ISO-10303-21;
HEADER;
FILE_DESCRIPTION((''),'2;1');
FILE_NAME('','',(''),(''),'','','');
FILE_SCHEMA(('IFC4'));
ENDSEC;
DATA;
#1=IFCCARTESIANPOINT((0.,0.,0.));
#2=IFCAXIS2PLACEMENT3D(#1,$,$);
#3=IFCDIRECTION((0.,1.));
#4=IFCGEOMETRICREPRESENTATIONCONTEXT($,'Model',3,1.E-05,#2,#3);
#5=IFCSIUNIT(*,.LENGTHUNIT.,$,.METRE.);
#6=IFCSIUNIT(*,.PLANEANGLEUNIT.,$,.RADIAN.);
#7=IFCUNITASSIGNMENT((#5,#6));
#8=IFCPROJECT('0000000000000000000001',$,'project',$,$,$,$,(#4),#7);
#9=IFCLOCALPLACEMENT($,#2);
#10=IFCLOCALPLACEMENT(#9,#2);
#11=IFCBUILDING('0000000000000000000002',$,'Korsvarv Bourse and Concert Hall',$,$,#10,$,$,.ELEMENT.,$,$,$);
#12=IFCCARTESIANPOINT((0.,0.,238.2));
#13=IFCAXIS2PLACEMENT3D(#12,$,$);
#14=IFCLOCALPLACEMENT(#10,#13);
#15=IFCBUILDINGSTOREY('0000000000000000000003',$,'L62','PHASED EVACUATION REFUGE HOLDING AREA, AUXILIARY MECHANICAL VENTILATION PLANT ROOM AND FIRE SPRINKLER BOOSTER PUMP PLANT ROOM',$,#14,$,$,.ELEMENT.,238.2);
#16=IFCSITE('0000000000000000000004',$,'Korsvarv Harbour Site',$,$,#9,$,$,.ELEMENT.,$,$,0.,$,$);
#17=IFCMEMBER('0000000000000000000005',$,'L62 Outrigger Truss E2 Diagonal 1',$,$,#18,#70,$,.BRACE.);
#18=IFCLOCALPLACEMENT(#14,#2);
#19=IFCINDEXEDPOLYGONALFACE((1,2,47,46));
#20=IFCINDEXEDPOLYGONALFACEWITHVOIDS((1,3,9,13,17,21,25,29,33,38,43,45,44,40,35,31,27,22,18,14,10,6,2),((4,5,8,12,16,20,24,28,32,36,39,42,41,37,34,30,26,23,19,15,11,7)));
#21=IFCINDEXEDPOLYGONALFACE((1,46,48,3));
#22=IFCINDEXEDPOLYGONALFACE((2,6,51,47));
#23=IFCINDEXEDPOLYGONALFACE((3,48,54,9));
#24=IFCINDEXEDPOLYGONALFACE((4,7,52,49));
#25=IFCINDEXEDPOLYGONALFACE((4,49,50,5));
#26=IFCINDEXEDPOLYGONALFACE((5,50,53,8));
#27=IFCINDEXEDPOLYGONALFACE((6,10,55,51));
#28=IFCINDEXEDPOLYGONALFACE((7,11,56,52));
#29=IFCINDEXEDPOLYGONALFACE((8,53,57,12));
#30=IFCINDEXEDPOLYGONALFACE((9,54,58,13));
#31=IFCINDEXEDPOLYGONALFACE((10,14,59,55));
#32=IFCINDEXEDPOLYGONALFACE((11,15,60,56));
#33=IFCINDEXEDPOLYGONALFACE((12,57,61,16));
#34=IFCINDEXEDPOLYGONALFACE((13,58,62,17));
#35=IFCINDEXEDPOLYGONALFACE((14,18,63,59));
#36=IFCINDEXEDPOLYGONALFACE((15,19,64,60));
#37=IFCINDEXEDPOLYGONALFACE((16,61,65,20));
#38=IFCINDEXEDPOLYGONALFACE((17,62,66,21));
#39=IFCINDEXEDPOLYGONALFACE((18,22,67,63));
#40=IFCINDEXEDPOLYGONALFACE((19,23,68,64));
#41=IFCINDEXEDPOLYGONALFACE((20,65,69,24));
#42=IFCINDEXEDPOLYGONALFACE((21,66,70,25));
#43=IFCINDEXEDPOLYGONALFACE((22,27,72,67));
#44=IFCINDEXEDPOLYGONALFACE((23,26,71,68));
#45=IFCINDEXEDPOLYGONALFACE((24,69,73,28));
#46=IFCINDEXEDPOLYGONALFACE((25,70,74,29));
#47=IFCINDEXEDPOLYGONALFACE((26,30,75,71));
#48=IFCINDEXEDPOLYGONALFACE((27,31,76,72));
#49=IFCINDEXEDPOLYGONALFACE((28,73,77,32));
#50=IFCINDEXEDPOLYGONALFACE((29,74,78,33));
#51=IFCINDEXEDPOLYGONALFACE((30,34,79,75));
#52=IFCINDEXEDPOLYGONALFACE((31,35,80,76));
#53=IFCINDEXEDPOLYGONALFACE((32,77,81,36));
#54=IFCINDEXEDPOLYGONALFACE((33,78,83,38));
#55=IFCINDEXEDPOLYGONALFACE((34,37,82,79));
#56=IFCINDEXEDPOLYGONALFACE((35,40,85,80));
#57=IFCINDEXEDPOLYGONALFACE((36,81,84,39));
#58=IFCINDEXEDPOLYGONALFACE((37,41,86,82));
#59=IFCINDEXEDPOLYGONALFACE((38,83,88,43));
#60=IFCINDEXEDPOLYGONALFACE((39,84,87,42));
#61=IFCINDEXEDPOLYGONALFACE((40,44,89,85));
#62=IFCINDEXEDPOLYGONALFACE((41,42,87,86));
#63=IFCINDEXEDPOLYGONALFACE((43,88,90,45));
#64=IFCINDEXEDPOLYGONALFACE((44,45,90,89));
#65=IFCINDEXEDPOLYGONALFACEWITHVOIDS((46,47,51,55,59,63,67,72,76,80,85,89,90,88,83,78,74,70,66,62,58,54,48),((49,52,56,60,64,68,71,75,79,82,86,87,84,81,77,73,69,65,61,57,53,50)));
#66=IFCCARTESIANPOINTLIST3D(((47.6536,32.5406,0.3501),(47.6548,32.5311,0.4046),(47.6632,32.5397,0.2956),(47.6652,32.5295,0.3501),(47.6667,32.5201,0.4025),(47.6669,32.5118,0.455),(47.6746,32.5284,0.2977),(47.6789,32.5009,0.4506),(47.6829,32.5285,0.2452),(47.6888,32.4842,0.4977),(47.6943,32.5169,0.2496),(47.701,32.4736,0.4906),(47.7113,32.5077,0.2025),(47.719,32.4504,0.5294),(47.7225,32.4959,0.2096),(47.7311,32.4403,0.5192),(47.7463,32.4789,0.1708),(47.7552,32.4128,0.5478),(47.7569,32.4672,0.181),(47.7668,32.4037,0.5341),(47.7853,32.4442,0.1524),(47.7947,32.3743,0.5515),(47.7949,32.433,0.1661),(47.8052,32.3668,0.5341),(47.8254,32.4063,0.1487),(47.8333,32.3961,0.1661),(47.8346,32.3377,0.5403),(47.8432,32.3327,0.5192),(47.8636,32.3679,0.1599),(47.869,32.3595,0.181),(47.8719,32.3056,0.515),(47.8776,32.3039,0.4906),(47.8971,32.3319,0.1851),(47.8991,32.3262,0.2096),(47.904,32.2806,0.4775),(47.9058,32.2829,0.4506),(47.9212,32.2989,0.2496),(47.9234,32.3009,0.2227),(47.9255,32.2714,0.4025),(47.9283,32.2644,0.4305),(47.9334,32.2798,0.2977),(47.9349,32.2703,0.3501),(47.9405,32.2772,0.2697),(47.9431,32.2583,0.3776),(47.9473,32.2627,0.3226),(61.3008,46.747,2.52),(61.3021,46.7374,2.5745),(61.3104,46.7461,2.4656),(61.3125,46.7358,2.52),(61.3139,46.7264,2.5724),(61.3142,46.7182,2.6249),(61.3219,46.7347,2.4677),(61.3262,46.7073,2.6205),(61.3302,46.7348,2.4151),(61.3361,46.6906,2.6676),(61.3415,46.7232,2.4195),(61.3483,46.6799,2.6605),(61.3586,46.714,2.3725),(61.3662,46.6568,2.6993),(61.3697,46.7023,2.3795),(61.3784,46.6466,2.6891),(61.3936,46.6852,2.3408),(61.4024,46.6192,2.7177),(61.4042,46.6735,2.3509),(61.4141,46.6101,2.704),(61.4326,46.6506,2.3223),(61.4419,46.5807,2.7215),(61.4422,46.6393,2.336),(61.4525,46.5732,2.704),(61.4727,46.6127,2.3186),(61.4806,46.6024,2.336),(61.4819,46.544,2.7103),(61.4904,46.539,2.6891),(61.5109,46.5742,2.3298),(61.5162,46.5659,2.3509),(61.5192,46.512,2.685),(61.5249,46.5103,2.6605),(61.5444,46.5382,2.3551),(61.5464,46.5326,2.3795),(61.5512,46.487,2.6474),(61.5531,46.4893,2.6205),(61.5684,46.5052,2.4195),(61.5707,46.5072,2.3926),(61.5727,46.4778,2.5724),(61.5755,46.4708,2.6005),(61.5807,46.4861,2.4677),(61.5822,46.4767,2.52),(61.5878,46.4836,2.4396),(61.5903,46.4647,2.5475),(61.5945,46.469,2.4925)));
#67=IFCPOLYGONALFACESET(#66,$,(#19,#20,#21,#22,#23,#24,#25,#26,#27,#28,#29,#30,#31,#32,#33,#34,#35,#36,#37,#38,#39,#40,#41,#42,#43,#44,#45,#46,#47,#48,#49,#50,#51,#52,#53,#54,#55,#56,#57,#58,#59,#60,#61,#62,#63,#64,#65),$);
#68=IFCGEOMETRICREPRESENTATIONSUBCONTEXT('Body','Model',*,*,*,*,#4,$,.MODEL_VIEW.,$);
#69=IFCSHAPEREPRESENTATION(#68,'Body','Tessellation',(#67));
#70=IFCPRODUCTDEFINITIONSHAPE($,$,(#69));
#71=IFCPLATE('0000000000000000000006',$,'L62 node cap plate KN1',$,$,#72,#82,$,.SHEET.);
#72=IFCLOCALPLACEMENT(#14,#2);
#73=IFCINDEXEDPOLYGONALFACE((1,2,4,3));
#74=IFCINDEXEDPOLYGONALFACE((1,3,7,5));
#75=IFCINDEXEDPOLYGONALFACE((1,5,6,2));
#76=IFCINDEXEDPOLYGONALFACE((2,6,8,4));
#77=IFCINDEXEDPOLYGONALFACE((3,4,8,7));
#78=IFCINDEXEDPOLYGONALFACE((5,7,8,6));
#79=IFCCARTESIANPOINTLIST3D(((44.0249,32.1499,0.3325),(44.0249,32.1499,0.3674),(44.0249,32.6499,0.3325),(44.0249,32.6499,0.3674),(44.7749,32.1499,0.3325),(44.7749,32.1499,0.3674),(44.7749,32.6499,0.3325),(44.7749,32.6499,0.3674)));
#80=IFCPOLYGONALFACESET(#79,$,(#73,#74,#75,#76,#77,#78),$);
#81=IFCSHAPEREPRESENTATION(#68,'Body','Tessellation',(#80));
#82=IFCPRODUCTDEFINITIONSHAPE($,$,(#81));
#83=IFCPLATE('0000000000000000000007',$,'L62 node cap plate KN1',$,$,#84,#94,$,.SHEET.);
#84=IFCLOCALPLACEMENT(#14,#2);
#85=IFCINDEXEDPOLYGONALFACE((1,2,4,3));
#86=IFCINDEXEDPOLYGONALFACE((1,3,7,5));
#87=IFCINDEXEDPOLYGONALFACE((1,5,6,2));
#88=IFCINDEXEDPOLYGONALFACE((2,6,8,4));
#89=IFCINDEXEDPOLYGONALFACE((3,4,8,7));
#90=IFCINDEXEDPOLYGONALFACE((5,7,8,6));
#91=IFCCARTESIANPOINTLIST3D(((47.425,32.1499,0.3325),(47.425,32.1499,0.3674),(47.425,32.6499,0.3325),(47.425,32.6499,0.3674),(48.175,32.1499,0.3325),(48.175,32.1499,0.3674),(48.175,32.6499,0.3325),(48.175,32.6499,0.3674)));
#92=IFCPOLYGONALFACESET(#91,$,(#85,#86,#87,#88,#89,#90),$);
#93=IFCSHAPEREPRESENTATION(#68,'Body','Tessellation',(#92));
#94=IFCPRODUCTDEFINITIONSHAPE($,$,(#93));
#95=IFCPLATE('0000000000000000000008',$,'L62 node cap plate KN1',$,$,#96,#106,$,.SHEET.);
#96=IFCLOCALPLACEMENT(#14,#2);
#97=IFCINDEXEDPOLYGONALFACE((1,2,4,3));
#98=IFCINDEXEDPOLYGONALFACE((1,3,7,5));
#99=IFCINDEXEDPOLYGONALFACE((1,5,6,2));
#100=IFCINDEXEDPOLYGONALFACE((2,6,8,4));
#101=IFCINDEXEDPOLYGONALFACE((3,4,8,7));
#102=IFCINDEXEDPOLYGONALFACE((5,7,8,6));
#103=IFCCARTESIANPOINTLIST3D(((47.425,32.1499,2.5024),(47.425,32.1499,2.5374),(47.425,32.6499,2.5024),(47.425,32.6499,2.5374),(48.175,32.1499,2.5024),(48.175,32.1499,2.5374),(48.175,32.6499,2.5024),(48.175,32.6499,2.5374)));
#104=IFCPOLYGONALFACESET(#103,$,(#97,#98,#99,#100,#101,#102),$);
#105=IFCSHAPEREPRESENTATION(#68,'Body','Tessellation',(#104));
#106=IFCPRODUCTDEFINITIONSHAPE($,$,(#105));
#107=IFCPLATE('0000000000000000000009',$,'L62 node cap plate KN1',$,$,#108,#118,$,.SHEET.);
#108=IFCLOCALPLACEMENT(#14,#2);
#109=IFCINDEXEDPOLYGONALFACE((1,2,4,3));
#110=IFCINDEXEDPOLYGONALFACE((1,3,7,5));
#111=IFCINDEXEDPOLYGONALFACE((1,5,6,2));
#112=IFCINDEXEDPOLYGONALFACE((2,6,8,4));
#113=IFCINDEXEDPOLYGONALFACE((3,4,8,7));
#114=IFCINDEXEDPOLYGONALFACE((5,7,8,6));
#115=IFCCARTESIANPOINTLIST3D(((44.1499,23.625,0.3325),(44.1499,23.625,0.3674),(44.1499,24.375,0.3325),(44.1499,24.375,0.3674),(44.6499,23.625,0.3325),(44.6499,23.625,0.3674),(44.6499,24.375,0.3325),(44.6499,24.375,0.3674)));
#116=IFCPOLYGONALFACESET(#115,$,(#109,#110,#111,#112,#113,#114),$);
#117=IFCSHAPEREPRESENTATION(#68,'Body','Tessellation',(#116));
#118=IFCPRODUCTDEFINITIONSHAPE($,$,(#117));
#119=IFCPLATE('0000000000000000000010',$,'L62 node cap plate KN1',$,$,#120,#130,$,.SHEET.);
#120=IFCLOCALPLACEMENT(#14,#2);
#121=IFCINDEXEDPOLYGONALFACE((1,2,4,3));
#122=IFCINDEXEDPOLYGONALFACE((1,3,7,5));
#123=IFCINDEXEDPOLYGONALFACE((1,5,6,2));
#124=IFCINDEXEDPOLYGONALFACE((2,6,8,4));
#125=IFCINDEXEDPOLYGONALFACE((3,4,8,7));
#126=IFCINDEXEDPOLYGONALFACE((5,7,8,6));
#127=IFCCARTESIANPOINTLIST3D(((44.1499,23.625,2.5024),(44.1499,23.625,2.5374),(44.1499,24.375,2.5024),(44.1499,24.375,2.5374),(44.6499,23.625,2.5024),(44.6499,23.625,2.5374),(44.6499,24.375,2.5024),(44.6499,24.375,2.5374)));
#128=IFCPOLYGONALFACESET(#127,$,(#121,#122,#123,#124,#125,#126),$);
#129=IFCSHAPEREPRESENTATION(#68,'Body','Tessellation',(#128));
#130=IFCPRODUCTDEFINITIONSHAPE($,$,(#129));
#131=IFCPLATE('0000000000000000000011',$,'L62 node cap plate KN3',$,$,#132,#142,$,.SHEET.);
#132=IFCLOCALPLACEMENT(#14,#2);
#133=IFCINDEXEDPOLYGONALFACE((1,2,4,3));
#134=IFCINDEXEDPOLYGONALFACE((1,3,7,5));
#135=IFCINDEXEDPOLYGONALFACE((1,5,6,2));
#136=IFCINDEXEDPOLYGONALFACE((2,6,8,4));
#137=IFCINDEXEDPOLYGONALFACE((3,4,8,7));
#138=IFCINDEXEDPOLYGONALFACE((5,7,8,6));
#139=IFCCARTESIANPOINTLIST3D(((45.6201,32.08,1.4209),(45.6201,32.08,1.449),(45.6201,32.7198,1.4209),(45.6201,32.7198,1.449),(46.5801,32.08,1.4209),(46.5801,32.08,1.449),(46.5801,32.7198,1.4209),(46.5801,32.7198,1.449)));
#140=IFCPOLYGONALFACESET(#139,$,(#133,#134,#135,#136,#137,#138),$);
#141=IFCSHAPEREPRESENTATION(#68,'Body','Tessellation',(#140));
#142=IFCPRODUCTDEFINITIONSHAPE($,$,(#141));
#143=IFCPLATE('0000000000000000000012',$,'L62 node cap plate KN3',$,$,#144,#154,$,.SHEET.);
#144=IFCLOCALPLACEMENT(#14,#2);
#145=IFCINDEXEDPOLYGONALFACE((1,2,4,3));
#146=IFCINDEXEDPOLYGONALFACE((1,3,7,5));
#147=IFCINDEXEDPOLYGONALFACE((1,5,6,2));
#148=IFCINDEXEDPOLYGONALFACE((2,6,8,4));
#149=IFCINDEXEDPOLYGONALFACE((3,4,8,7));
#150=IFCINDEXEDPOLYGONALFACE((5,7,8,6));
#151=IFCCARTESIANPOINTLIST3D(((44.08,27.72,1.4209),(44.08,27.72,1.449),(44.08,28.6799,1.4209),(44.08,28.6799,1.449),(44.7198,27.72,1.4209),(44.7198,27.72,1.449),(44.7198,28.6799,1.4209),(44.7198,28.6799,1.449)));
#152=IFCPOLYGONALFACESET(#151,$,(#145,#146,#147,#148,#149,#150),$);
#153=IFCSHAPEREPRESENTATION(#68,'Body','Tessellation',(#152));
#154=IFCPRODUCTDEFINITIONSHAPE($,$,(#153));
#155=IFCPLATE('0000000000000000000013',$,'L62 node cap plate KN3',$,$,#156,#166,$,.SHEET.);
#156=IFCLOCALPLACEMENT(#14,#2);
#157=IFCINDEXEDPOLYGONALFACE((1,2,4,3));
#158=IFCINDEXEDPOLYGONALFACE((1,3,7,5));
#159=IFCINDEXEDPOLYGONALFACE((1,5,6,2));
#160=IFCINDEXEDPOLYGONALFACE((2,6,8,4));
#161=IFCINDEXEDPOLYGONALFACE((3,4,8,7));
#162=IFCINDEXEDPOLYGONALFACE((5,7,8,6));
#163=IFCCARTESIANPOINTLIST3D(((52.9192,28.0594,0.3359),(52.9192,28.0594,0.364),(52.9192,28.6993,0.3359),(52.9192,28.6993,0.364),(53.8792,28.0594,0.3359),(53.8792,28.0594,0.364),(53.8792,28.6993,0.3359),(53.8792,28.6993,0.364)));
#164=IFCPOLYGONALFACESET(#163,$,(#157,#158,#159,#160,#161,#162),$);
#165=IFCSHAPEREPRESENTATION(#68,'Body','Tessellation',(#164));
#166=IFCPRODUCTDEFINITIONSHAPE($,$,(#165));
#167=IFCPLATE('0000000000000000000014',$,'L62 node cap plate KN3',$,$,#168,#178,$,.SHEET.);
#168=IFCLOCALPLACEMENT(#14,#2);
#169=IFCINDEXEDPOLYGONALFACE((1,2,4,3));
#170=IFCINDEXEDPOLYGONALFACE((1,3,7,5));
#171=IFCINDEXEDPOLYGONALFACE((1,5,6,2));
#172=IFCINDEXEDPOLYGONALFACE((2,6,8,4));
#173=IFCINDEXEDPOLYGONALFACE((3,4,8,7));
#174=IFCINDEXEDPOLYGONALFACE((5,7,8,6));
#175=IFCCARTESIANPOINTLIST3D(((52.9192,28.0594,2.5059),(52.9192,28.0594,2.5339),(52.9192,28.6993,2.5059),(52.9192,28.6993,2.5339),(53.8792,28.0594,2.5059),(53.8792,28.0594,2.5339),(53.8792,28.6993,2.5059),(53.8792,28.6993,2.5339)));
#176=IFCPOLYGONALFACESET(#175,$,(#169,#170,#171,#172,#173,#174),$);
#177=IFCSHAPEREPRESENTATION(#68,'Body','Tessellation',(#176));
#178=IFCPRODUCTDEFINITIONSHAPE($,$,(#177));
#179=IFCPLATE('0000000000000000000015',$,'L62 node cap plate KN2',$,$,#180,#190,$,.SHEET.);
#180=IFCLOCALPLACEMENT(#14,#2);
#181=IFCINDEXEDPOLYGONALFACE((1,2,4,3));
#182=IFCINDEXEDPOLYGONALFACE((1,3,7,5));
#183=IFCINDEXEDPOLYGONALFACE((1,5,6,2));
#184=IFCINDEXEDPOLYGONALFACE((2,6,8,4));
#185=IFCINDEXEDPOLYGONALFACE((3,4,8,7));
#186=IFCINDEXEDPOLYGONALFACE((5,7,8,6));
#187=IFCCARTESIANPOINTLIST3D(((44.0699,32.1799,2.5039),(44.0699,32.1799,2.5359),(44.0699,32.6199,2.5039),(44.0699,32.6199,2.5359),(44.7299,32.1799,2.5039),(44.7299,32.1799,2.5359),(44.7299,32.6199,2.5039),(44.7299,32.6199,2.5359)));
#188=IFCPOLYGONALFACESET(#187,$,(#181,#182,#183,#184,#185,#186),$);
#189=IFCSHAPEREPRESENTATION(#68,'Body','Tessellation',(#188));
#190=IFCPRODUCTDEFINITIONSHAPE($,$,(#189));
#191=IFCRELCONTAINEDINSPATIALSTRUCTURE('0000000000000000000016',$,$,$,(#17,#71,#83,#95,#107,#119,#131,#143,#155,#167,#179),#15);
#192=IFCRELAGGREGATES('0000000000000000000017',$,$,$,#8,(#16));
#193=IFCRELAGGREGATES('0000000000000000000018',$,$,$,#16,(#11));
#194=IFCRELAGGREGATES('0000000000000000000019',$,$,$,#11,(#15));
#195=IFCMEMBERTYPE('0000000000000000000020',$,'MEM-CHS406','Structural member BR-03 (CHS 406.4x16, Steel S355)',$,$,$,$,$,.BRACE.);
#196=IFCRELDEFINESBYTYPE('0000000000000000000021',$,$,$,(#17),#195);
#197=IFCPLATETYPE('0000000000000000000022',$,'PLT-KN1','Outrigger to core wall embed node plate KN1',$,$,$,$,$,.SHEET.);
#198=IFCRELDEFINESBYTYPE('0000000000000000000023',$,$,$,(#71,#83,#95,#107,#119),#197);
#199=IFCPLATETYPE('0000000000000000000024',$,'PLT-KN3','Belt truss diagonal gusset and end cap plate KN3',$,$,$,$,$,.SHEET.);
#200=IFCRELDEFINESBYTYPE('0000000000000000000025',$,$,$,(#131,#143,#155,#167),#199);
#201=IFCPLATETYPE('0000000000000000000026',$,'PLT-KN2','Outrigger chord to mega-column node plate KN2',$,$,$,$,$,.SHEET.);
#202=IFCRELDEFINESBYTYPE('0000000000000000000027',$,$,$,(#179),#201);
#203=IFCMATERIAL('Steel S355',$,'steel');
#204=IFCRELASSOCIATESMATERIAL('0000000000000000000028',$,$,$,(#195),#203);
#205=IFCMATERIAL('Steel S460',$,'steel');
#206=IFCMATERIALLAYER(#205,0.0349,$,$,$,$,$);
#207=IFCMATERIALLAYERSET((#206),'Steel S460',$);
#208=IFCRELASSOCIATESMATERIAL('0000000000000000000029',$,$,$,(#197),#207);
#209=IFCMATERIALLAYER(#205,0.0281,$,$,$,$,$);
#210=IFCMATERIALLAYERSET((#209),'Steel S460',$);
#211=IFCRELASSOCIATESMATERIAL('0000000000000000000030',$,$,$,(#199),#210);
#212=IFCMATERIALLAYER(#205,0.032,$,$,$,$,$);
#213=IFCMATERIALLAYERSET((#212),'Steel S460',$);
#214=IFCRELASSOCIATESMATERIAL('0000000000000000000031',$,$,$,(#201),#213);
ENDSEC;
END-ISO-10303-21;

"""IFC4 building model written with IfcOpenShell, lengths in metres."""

from ifc_helpers import new_model, si_unit, direction, frame, origin, origin_2d, place, context, subcontext, project, spatial, rectangle, hollow_circle, extrude, source, transform, mapped, material, layer, layer_set, material_profile, profile_set, type_object, element, save


model = new_model("IFC4")

# Units and contexts
model_context = context("Model", 3, precision=1e-05, world=origin(), true_north=direction((0.0, 1.0)))
body_context = subcontext(model_context, "Body", "Model", "MODEL_VIEW")
ifc_project = project(units=[si_unit("LENGTHUNIT", "METRE"), si_unit("PLANEANGLEUNIT", "RADIAN")], contexts=[model_context])

# Site, building, storey
site_placement = place(None, origin())
site = spatial("IfcSite", under=ifc_project, at=site_placement, Name="Korsvarv Harbour Site", CompositionType="ELEMENT", RefElevation=0.0)
building_placement = place(site_placement, origin())
building = spatial("IfcBuilding", under=site, at=building_placement, Name="Korsvarv Bourse and Concert Hall", CompositionType="ELEMENT")
storey_placement = place(building_placement, frame((0.0, 0.0, 238.2)))
storey = spatial("IfcBuildingStorey", under=building, at=storey_placement, Name="L62", Description="PHASED EVACUATION REFUGE HOLDING AREA, AUXILIARY MECHANICAL VENTILATION PLANT ROOM AND FIRE SPRINKLER BOOSTER PUMP PLANT ROOM", CompositionType="ELEMENT", Elevation=238.2)

# Shared definitions
ifc_material_1 = material(Name="Steel S460", Category="steel")
ifc_material_2 = material(Name="Steel S355", Category="steel")
ifc_material_profile_1 = material_profile(ifc_material_2, hollow_circle(Radius=0.2031, WallThickness=0.0161, at=origin_2d()), Name="CHS 406.4x16")
ifc_profile_set_1 = profile_set([ifc_material_profile_1], Name="Steel S355")
member_type_1 = type_object("IfcMemberType", Name="MEM-CHS406", Description="Structural member BR-03 (CHS 406.4x16, Steel S355)", PredefinedType="BRACE", material=ifc_profile_set_1)

# Member
shared_shape_1 = source(origin(), body_context, "Body", "SweptSolid", [
    extrude(hollow_circle(Radius=0.2031, WallThickness=0.0161, at=origin_2d()), origin(), (0.0, 0.0, 1.0), 19.8186),
])
member_1_placement = place(storey_placement, frame((47.8, 32.3999, 0.3501), z_axis=(0.688609, 0.716819, 0.10949), x_axis=(-0.721155, 0.692774, 0.0)))
element("IfcMember", 1, at=member_1_placement, inside=storey, type_object=member_type_1, Name="L62 Outrigger Truss E2 Diagonal 1", PredefinedType="BRACE", context=body_context, shape_type="MappedRepresentation", body=[
    mapped(shared_shape_1, transform((0.0, 0.0, 0.0), scale=1.0)),
])

# Plates
ifc_layer_1 = layer(ifc_material_1, 0.0349)
ifc_layer_set_1 = layer_set([ifc_layer_1], Name="Steel S460")
plate_type_1 = type_object("IfcPlateType", Name="PLT-KN1", Description="Outrigger to core wall embed node plate KN1", PredefinedType="SHEET", material=ifc_layer_set_1)
shared_shape_2 = source(origin(), body_context, "Body", "SweptSolid", [
    extrude(rectangle(XDim=0.75, YDim=0.5, at=origin_2d()), origin(), (0.0, 0.0, 1.0), 0.0349),
])
for number, where, z_axis, x_axis, name in (
    (2, (44.3999, 32.3999, 0.3325), (0.0, 0.0, 1.0), (1.0, 0.0, 0.0), "L62 node cap plate KN1"),
    (3, (47.8, 32.3999, 0.3325), (0.0, 0.0, 1.0), (1.0, 0.0, 0.0), "L62 node cap plate KN1"),
    (4, (47.8, 32.3999, 2.5024), (0.0, 0.0, 1.0), (1.0, 0.0, 0.0), "L62 node cap plate KN1"),
    (5, (44.3999, 24.0, 0.3325), (0.0, 0.0, 1.0), (0.0, 1.0, 0.0), "L62 node cap plate KN1"),
    (6, (44.3999, 24.0, 2.5024), (0.0, 0.0, 1.0), (0.0, 1.0, 0.0), "L62 node cap plate KN1"),
):
    element("IfcPlate", number, at=place(storey_placement, frame(where, z_axis=z_axis, x_axis=x_axis)), inside=storey, type_object=plate_type_1, Name=name, PredefinedType="SHEET", context=body_context, shape_type="MappedRepresentation", body=[
        mapped(shared_shape_2, transform((0.0, 0.0, 0.0), scale=1.0)),
    ])
ifc_layer_2 = layer(ifc_material_1, 0.0281)
ifc_layer_set_2 = layer_set([ifc_layer_2], Name="Steel S460")
plate_type_2 = type_object("IfcPlateType", Name="PLT-KN3", Description="Belt truss diagonal gusset and end cap plate KN3", PredefinedType="SHEET", material=ifc_layer_set_2)
shared_shape_3 = source(origin(), body_context, "Body", "SweptSolid", [
    extrude(rectangle(XDim=0.96, YDim=0.6399, at=origin_2d()), origin(), (0.0, 0.0, 1.0), 0.0281),
])
for number, where, z_axis, x_axis, name in (
    (7, (46.1001, 32.3999, 1.4209), (0.0, 0.0, 1.0), (1.0, 0.0, 0.0), "L62 node cap plate KN3"),
    (8, (44.3999, 28.2, 1.4209), (0.0, 0.0, 1.0), (0.0, 1.0, 0.0), "L62 node cap plate KN3"),
    (9, (53.3992, 28.3794, 0.3359), (0.0, 0.0, 1.0), (1.0, 0.0, 0.0), "L62 node cap plate KN3"),
    (10, (53.3992, 28.3794, 2.5059), (0.0, 0.0, 1.0), (1.0, 0.0, 0.0), "L62 node cap plate KN3"),
):
    element("IfcPlate", number, at=place(storey_placement, frame(where, z_axis=z_axis, x_axis=x_axis)), inside=storey, type_object=plate_type_2, Name=name, PredefinedType="SHEET", context=body_context, shape_type="MappedRepresentation", body=[
        mapped(shared_shape_3, transform((0.0, 0.0, 0.0), scale=1.0)),
    ])
ifc_layer_3 = layer(ifc_material_1, 0.032)
ifc_layer_set_3 = layer_set([ifc_layer_3], Name="Steel S460")
plate_type_3 = type_object("IfcPlateType", Name="PLT-KN2", Description="Outrigger chord to mega-column node plate KN2", PredefinedType="SHEET", material=ifc_layer_set_3)
shared_shape_4 = source(origin(), body_context, "Body", "SweptSolid", [
    extrude(rectangle(XDim=0.6599, YDim=0.4399, at=origin_2d()), origin(), (0.0, 0.0, 1.0), 0.032),
])
plate_placement = place(storey_placement, frame((44.3999, 32.3999, 2.5039), z_axis=(0.0, 0.0, 1.0), x_axis=(1.0, 0.0, 0.0)))
element("IfcPlate", 11, at=plate_placement, inside=storey, type_object=plate_type_3, Name="L62 node cap plate KN2", PredefinedType="SHEET", context=body_context, shape_type="MappedRepresentation", body=[
    mapped(shared_shape_4, transform((0.0, 0.0, 0.0), scale=1.0)),
])

save(model, "model.ifc")
